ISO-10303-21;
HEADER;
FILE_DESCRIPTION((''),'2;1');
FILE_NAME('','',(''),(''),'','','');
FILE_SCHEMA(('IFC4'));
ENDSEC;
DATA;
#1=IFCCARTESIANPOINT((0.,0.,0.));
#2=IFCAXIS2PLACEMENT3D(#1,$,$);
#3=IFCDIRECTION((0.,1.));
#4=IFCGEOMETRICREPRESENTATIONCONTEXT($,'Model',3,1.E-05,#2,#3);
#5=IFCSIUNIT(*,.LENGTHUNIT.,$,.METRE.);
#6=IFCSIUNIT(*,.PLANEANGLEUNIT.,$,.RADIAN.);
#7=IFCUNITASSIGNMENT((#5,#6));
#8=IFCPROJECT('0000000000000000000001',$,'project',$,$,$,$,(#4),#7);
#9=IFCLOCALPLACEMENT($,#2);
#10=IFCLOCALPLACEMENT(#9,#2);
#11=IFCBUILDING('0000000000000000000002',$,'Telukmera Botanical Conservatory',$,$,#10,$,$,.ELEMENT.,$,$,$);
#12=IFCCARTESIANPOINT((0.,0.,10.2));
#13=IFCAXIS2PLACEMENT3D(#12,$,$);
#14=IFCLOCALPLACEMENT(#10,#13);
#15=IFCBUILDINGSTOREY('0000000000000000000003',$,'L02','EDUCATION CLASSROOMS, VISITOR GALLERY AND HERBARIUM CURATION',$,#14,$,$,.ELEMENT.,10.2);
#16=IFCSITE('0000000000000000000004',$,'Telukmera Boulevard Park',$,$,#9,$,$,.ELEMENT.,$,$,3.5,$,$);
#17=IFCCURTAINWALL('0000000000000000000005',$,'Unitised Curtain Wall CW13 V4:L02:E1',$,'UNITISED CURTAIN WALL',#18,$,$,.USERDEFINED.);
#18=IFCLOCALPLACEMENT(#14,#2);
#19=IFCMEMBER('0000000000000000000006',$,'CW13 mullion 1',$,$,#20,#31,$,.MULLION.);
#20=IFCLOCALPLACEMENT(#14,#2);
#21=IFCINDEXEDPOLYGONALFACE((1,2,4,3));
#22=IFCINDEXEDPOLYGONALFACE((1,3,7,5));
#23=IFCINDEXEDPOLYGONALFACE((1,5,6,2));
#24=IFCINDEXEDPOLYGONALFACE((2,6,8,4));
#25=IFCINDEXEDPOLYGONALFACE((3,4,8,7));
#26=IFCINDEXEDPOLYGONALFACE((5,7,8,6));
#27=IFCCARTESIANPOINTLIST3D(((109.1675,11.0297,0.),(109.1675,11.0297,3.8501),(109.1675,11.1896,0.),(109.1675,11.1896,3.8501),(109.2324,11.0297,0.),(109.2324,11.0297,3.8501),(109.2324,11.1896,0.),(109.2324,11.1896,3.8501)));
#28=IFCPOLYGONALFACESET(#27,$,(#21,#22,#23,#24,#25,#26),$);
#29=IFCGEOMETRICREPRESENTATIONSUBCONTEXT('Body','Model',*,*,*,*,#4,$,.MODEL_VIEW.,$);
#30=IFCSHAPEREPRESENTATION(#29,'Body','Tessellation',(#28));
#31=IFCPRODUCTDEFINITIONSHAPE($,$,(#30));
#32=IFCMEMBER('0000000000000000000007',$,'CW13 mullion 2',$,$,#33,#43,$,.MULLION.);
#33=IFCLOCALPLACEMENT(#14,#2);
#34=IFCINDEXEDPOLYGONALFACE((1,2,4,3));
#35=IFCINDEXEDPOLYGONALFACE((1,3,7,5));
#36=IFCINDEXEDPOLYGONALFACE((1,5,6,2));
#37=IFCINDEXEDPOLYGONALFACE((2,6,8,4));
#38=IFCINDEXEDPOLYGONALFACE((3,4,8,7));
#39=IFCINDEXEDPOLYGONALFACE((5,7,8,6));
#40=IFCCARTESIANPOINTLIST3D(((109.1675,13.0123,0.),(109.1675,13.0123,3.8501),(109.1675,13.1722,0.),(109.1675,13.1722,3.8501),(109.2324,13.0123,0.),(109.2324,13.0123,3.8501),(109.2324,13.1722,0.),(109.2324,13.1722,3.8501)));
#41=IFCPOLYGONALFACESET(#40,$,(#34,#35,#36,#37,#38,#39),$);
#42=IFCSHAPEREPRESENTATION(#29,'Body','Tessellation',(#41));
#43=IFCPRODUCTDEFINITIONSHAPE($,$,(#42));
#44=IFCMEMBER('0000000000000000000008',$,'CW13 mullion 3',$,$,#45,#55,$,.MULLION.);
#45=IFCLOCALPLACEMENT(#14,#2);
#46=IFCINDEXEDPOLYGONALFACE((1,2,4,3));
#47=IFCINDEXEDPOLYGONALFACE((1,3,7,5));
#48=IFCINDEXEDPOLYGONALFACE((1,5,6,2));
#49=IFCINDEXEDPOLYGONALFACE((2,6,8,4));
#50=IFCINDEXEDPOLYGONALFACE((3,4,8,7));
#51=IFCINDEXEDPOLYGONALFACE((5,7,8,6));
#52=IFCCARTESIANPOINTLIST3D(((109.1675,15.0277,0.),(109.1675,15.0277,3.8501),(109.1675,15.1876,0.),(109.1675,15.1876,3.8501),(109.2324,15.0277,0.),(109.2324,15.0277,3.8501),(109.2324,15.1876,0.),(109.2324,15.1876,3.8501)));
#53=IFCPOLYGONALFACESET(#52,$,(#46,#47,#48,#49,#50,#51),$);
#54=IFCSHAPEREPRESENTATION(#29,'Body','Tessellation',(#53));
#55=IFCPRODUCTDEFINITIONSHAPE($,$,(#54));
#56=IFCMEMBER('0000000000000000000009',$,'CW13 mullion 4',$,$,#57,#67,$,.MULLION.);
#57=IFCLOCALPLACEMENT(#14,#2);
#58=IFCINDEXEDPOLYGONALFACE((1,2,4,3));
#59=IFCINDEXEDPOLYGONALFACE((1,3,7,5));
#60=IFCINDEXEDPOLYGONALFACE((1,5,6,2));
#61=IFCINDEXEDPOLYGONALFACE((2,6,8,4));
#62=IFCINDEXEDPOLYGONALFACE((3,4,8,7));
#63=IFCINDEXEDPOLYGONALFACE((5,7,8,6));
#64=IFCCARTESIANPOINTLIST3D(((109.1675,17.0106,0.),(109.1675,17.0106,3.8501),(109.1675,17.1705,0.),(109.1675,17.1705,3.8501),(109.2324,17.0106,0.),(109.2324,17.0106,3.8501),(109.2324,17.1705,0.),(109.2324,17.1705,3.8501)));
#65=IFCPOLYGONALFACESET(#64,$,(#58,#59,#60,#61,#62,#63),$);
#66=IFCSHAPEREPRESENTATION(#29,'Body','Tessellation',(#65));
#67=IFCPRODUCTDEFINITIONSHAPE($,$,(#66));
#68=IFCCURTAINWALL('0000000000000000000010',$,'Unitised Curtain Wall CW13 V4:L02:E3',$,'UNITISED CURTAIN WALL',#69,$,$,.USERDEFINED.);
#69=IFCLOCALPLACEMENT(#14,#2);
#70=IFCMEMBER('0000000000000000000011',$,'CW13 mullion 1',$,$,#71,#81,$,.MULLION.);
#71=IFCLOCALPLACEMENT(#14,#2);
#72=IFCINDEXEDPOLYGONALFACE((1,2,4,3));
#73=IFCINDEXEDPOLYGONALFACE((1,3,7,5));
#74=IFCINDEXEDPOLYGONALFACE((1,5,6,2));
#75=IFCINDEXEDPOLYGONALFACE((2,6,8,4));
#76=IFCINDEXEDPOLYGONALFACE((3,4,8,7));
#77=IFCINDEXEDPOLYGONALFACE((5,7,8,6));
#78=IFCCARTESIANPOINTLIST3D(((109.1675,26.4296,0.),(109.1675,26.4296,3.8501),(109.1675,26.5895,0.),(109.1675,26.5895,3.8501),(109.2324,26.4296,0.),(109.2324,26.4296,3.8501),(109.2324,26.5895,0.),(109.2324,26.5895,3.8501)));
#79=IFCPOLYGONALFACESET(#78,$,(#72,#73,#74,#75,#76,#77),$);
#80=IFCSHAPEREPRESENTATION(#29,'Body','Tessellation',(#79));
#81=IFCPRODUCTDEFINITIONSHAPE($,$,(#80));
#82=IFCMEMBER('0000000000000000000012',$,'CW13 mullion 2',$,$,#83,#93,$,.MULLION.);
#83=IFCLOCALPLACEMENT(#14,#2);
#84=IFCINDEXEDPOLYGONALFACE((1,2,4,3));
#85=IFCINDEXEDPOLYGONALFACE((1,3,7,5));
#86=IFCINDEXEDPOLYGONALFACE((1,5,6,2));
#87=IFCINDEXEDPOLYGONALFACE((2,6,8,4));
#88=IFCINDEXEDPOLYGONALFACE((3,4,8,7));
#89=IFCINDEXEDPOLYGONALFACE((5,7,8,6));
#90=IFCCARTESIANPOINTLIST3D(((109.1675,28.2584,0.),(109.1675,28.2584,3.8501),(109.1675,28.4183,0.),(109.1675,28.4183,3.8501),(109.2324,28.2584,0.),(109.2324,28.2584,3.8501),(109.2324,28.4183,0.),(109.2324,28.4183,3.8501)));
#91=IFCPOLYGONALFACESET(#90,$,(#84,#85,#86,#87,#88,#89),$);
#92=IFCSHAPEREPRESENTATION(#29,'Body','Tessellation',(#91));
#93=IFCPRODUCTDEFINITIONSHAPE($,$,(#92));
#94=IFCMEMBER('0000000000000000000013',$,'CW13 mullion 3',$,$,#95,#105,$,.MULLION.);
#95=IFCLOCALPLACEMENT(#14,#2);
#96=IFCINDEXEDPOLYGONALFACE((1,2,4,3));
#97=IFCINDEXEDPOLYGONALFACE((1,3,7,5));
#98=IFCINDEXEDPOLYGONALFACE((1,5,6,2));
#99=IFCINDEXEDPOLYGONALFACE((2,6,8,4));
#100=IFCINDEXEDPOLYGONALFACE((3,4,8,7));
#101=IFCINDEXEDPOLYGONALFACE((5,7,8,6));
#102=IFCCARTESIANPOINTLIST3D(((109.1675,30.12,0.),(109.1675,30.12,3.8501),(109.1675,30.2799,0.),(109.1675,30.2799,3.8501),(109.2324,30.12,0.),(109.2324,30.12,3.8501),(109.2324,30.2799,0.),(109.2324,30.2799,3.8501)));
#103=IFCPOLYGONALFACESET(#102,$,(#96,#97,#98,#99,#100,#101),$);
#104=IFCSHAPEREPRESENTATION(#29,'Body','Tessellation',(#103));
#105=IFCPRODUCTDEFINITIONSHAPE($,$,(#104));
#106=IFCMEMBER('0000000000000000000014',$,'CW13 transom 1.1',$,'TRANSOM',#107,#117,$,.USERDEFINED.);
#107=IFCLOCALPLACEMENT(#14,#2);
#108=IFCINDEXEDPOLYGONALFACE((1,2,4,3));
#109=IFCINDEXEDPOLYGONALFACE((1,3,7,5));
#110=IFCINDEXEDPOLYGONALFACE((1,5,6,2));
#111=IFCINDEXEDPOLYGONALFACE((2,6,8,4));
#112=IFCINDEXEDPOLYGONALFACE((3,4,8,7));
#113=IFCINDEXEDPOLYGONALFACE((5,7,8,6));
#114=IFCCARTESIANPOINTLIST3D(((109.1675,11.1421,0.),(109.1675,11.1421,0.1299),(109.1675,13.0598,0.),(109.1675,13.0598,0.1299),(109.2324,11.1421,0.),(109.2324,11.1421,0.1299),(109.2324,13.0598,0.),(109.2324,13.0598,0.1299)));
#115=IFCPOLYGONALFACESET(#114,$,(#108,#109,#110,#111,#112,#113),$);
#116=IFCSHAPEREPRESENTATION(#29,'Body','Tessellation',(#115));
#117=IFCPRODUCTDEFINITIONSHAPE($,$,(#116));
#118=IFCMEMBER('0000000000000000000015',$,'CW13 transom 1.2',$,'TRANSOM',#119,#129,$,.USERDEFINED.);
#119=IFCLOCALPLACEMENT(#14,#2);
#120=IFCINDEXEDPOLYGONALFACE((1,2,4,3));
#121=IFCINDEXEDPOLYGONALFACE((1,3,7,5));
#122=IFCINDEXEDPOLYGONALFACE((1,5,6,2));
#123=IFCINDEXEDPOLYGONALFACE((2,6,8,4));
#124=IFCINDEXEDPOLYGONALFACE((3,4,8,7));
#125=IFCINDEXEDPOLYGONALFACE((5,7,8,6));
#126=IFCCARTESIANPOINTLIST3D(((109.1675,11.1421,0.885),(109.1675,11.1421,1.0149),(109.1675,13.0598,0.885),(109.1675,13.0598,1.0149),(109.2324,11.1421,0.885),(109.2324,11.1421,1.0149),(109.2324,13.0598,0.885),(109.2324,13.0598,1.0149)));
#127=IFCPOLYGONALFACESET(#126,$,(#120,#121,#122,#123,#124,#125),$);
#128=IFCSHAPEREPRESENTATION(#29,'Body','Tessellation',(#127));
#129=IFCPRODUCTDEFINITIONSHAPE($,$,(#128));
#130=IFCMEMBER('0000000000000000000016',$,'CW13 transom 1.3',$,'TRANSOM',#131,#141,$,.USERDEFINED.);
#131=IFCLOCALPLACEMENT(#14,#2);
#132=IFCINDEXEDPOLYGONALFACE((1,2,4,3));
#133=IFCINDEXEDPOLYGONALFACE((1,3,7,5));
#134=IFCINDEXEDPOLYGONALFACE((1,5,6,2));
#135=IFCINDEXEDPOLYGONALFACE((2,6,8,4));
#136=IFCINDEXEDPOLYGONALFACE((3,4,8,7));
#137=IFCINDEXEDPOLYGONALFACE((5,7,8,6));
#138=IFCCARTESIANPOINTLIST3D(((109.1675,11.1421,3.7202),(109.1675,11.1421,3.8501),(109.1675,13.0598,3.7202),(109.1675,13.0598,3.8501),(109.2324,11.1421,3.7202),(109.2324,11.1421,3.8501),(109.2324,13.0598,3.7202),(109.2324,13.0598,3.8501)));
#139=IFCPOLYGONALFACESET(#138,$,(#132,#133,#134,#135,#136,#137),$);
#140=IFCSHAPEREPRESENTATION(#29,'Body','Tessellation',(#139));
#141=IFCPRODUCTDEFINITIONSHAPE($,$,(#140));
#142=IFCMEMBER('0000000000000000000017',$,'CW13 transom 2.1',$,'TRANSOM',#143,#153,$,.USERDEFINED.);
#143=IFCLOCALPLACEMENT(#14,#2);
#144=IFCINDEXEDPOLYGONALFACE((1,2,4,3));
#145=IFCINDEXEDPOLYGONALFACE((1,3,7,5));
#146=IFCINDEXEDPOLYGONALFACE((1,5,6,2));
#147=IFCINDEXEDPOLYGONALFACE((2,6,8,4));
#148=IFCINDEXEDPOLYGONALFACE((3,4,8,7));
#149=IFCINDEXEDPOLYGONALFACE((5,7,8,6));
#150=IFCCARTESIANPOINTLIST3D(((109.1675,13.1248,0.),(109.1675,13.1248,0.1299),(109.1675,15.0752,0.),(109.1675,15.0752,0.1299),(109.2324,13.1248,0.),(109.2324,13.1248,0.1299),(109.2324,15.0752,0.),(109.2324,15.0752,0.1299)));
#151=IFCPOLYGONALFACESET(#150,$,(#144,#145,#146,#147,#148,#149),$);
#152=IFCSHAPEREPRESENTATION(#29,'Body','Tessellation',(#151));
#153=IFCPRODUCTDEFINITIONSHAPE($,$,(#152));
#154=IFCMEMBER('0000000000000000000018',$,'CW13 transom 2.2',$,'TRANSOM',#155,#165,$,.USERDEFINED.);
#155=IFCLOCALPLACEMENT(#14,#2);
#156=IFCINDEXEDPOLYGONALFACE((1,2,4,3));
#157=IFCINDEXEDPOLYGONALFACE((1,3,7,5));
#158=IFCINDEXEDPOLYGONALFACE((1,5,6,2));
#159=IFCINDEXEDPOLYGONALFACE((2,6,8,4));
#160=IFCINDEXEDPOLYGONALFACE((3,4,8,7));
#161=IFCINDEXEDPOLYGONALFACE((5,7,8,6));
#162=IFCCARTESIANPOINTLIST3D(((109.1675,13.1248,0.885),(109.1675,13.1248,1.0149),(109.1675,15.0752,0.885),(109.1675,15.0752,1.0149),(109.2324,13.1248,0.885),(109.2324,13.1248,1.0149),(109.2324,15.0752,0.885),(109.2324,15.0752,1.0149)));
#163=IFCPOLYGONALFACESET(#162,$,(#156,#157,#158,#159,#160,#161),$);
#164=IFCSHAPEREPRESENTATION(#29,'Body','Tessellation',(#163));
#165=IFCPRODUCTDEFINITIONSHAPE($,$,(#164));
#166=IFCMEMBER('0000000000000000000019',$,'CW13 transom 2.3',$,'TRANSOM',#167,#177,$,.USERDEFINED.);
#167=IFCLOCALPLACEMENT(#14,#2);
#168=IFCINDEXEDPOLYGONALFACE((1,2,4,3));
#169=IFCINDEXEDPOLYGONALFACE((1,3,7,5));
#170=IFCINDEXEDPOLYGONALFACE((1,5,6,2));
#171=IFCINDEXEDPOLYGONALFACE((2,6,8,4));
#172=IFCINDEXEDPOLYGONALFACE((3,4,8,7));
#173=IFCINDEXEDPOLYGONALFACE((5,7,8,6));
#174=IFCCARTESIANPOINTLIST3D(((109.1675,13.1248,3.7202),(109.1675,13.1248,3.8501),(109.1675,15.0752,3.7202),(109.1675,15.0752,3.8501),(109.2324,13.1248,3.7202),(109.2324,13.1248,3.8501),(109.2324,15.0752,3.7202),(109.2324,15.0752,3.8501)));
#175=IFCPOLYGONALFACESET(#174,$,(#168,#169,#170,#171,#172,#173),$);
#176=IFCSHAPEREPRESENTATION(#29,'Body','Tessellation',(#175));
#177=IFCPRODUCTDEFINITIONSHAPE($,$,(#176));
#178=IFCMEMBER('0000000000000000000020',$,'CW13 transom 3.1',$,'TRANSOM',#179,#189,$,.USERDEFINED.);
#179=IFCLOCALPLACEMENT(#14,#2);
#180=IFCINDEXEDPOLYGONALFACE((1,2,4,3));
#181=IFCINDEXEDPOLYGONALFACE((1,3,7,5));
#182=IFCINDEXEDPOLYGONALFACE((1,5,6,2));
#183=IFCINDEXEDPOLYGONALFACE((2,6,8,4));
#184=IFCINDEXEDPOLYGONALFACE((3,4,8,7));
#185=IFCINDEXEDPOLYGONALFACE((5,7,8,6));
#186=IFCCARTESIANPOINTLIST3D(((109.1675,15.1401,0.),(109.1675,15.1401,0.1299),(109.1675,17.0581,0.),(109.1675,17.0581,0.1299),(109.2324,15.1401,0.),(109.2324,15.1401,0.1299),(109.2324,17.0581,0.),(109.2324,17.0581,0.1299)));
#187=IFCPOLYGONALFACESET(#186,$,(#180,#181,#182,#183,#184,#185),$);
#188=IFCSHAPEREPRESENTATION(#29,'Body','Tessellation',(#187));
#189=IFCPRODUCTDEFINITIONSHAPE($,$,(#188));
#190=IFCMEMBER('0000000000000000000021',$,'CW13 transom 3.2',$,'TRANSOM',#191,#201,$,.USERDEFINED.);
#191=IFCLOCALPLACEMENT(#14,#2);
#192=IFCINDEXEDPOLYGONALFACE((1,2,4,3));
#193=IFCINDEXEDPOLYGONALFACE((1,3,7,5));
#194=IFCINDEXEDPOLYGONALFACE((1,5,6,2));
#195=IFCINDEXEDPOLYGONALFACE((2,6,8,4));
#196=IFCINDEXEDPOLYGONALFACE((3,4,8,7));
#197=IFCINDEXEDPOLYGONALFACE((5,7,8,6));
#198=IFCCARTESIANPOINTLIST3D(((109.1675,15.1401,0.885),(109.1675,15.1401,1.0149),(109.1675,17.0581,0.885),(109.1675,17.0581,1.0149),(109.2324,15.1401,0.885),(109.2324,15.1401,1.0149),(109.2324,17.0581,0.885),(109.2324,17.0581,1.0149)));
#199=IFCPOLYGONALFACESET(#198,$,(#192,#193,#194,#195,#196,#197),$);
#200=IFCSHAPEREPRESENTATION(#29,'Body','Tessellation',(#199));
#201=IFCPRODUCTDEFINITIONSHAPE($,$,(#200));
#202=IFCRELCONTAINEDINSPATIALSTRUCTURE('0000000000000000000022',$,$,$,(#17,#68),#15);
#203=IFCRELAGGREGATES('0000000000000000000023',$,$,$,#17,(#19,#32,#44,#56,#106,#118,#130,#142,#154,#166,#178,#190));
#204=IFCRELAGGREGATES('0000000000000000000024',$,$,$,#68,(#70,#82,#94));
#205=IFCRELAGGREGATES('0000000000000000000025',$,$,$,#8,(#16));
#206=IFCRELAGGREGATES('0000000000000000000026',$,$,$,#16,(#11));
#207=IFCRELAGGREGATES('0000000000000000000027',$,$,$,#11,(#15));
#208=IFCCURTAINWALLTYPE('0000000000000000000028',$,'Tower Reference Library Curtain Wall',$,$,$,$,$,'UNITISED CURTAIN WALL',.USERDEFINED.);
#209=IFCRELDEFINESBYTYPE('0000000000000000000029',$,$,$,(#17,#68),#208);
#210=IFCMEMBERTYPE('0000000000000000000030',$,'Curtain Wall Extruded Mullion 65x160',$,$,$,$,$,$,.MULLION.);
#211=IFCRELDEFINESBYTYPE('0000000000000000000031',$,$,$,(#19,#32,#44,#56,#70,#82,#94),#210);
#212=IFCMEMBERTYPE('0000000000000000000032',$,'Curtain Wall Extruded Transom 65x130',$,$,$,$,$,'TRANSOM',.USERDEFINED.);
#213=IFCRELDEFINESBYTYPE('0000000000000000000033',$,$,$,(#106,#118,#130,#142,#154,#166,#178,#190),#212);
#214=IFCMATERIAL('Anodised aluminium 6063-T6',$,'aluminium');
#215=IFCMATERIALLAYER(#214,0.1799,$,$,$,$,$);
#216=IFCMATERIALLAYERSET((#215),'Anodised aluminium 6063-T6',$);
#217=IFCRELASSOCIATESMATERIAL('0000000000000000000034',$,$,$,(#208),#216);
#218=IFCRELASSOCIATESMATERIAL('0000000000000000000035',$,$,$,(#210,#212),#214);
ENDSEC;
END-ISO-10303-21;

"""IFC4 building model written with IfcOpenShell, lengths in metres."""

from ifc_helpers import new_model, si_unit, direction, frame, origin, origin_2d, place, context, subcontext, project, spatial, rectangle, extrude, material, layer, layer_set, material_profile, profile_set, type_object, element, aggregate, save


model = new_model("IFC4")

# Units and contexts
model_context = context("Model", 3, precision=1e-05, world=origin(), true_north=direction((0.0, 1.0)))
body_context = subcontext(model_context, "Body", "Model", "MODEL_VIEW")
ifc_project = project(units=[si_unit("LENGTHUNIT", "METRE"), si_unit("PLANEANGLEUNIT", "RADIAN")], contexts=[model_context])

# Site, building, storey
site_placement = place(None, origin())
site = spatial("IfcSite", under=ifc_project, at=site_placement, Name="Telukmera Boulevard Park", CompositionType="ELEMENT", RefElevation=3.5)
building_placement = place(site_placement, origin())
building = spatial("IfcBuilding", under=site, at=building_placement, Name="Telukmera Botanical Conservatory", CompositionType="ELEMENT")
storey_placement = place(building_placement, frame((0.0, 0.0, 10.2)))
storey = spatial("IfcBuildingStorey", under=building, at=storey_placement, Name="L02", Description="EDUCATION CLASSROOMS, VISITOR GALLERY AND HERBARIUM CURATION", CompositionType="ELEMENT", Elevation=10.2)

# Curtain walls, members
ifc_material_1 = material(Name="Anodised aluminium 6063-T6", Category="aluminium")
ifc_layer_1 = layer(ifc_material_1, 0.1799)
ifc_layer_set_1 = layer_set([ifc_layer_1], Name="Anodised aluminium 6063-T6")
curtain_wall_type = type_object("IfcCurtainWallType", Name="Tower Reference Library Curtain Wall", ElementType="UNITISED CURTAIN WALL", PredefinedType="USERDEFINED", material=ifc_layer_set_1)
curtain_wall_1_placement = place(storey_placement, origin())
curtain_wall_1 = element("IfcCurtainWall", 1, at=curtain_wall_1_placement, inside=storey, type_object=curtain_wall_type, Name="Unitised Curtain Wall CW13 V4:L02:E1", ObjectType="UNITISED CURTAIN WALL", PredefinedType="USERDEFINED")
ifc_material_profile_1 = material_profile(ifc_material_1, rectangle(XDim=0.0649, YDim=0.1599, at=origin_2d()), Name="ALU MULL 65x160")
ifc_profile_set_1 = profile_set([ifc_material_profile_1], Name="Anodised aluminium 6063-T6")
member_type_1 = type_object("IfcMemberType", Name="Curtain Wall Extruded Mullion 65x160", PredefinedType="MULLION", material=ifc_profile_set_1)
member_1_placement = place(storey_placement, frame((109.2, 11.1096, 0.0), z_axis=(0.0, 0.0, 1.0), x_axis=(-1.0, 0.0, 0.0)))
member_1 = element("IfcMember", 2, at=member_1_placement, type_object=member_type_1, Name="CW13 mullion 1", PredefinedType="MULLION", context=body_context, shape_type="SweptSolid", body=[
    extrude(rectangle(XDim=0.0649, YDim=0.1599, at=origin_2d()), origin(), (0.0, 0.0, 1.0), 3.8501),
])
member_2_placement = place(storey_placement, frame((109.2, 13.0923, 0.0), z_axis=(0.0, 0.0, 1.0), x_axis=(-1.0, 0.0, 0.0)))
member_2 = element("IfcMember", 3, at=member_2_placement, type_object=member_type_1, Name="CW13 mullion 2", PredefinedType="MULLION", context=body_context, shape_type="SweptSolid", body=[
    extrude(rectangle(XDim=0.0649, YDim=0.1599, at=origin_2d()), origin(), (0.0, 0.0, 1.0), 3.8501),
])
member_3_placement = place(storey_placement, frame((109.2, 15.1077, 0.0), z_axis=(0.0, 0.0, 1.0), x_axis=(-1.0, 0.0, 0.0)))
member_3 = element("IfcMember", 4, at=member_3_placement, type_object=member_type_1, Name="CW13 mullion 3", PredefinedType="MULLION", context=body_context, shape_type="SweptSolid", body=[
    extrude(rectangle(XDim=0.0649, YDim=0.1599, at=origin_2d()), origin(), (0.0, 0.0, 1.0), 3.8501),
])
member_4_placement = place(storey_placement, frame((109.2, 17.0906, 0.0), z_axis=(0.0, 0.0, 1.0), x_axis=(-1.0, 0.0, 0.0)))
member_4 = element("IfcMember", 5, at=member_4_placement, type_object=member_type_1, Name="CW13 mullion 4", PredefinedType="MULLION", context=body_context, shape_type="SweptSolid", body=[
    extrude(rectangle(XDim=0.0649, YDim=0.1599, at=origin_2d()), origin(), (0.0, 0.0, 1.0), 3.8501),
])
curtain_wall_2_placement = place(storey_placement, origin())
curtain_wall_2 = element("IfcCurtainWall", 6, at=curtain_wall_2_placement, inside=storey, type_object=curtain_wall_type, Name="Unitised Curtain Wall CW13 V4:L02:E3", ObjectType="UNITISED CURTAIN WALL", PredefinedType="USERDEFINED")
member_5_placement = place(storey_placement, frame((109.2, 26.5095, 0.0), z_axis=(0.0, 0.0, 1.0), x_axis=(-1.0, 0.0, 0.0)))
member_5 = element("IfcMember", 7, at=member_5_placement, type_object=member_type_1, Name="CW13 mullion 1", PredefinedType="MULLION", context=body_context, shape_type="SweptSolid", body=[
    extrude(rectangle(XDim=0.0649, YDim=0.1599, at=origin_2d()), origin(), (0.0, 0.0, 1.0), 3.8501),
])
member_6_placement = place(storey_placement, frame((109.2, 28.3384, 0.0), z_axis=(0.0, 0.0, 1.0), x_axis=(-1.0, 0.0, 0.0)))
member_6 = element("IfcMember", 8, at=member_6_placement, type_object=member_type_1, Name="CW13 mullion 2", PredefinedType="MULLION", context=body_context, shape_type="SweptSolid", body=[
    extrude(rectangle(XDim=0.0649, YDim=0.1599, at=origin_2d()), origin(), (0.0, 0.0, 1.0), 3.8501),
])
member_7_placement = place(storey_placement, frame((109.2, 30.2, 0.0), z_axis=(0.0, 0.0, 1.0), x_axis=(-1.0, 0.0, 0.0)))
member_7 = element("IfcMember", 9, at=member_7_placement, type_object=member_type_1, Name="CW13 mullion 3", PredefinedType="MULLION", context=body_context, shape_type="SweptSolid", body=[
    extrude(rectangle(XDim=0.0649, YDim=0.1599, at=origin_2d()), origin(), (0.0, 0.0, 1.0), 3.8501),
])

# Members
ifc_material_profile_2 = material_profile(ifc_material_1, rectangle(XDim=0.0649, YDim=0.1299, at=origin_2d()), Name="ALU TRAN 65x130")
ifc_profile_set_2 = profile_set([ifc_material_profile_2], Name="Anodised aluminium 6063-T6")
member_type_2 = type_object("IfcMemberType", Name="Curtain Wall Extruded Transom 65x130", ElementType="TRANSOM", PredefinedType="USERDEFINED", material=ifc_profile_set_2)
member_8_placement = place(storey_placement, frame((109.2, 11.1421, 0.0649), z_axis=(0.0, 1.0, 0.0), x_axis=(-1.0, 0.0, 0.0)))
member_8 = element("IfcMember", 10, at=member_8_placement, type_object=member_type_2, Name="CW13 transom 1.1", ObjectType="TRANSOM", PredefinedType="USERDEFINED", context=body_context, shape_type="SweptSolid", body=[
    extrude(rectangle(XDim=0.0649, YDim=0.1299, at=origin_2d()), origin(), (0.0, 0.0, 1.0), 1.9177),
])
member_9_placement = place(storey_placement, frame((109.2, 11.1421, 0.95), z_axis=(0.0, 1.0, 0.0), x_axis=(-1.0, 0.0, 0.0)))
member_9 = element("IfcMember", 11, at=member_9_placement, type_object=member_type_2, Name="CW13 transom 1.2", ObjectType="TRANSOM", PredefinedType="USERDEFINED", context=body_context, shape_type="SweptSolid", body=[
    extrude(rectangle(XDim=0.0649, YDim=0.1299, at=origin_2d()), origin(), (0.0, 0.0, 1.0), 1.9177),
])
member_10_placement = place(storey_placement, frame((109.2, 11.1421, 3.7852), z_axis=(0.0, 1.0, 0.0), x_axis=(-1.0, 0.0, 0.0)))
member_10 = element("IfcMember", 12, at=member_10_placement, type_object=member_type_2, Name="CW13 transom 1.3", ObjectType="TRANSOM", PredefinedType="USERDEFINED", context=body_context, shape_type="SweptSolid", body=[
    extrude(rectangle(XDim=0.0649, YDim=0.1299, at=origin_2d()), origin(), (0.0, 0.0, 1.0), 1.9177),
])
member_11_placement = place(storey_placement, frame((109.2, 13.1248, 0.0649), z_axis=(0.0, 1.0, 0.0), x_axis=(-1.0, 0.0, 0.0)))
member_11 = element("IfcMember", 13, at=member_11_placement, type_object=member_type_2, Name="CW13 transom 2.1", ObjectType="TRANSOM", PredefinedType="USERDEFINED", context=body_context, shape_type="SweptSolid", body=[
    extrude(rectangle(XDim=0.0649, YDim=0.1299, at=origin_2d()), origin(), (0.0, 0.0, 1.0), 1.9504),
])
member_12_placement = place(storey_placement, frame((109.2, 13.1248, 0.95), z_axis=(0.0, 1.0, 0.0), x_axis=(-1.0, 0.0, 0.0)))
member_12 = element("IfcMember", 14, at=member_12_placement, type_object=member_type_2, Name="CW13 transom 2.2", ObjectType="TRANSOM", PredefinedType="USERDEFINED", context=body_context, shape_type="SweptSolid", body=[
    extrude(rectangle(XDim=0.0649, YDim=0.1299, at=origin_2d()), origin(), (0.0, 0.0, 1.0), 1.9504),
])
member_13_placement = place(storey_placement, frame((109.2, 13.1248, 3.7852), z_axis=(0.0, 1.0, 0.0), x_axis=(-1.0, 0.0, 0.0)))
member_13 = element("IfcMember", 15, at=member_13_placement, type_object=member_type_2, Name="CW13 transom 2.3", ObjectType="TRANSOM", PredefinedType="USERDEFINED", context=body_context, shape_type="SweptSolid", body=[
    extrude(rectangle(XDim=0.0649, YDim=0.1299, at=origin_2d()), origin(), (0.0, 0.0, 1.0), 1.9504),
])
member_14_placement = place(storey_placement, frame((109.2, 15.1401, 0.0649), z_axis=(0.0, 1.0, 0.0), x_axis=(-1.0, 0.0, 0.0)))
member_14 = element("IfcMember", 16, at=member_14_placement, type_object=member_type_2, Name="CW13 transom 3.1", ObjectType="TRANSOM", PredefinedType="USERDEFINED", context=body_context, shape_type="SweptSolid", body=[
    extrude(rectangle(XDim=0.0649, YDim=0.1299, at=origin_2d()), origin(), (0.0, 0.0, 1.0), 1.918),
])
member_15_placement = place(storey_placement, frame((109.2, 15.1401, 0.95), z_axis=(0.0, 1.0, 0.0), x_axis=(-1.0, 0.0, 0.0)))
member_15 = element("IfcMember", 17, at=member_15_placement, type_object=member_type_2, Name="CW13 transom 3.2", ObjectType="TRANSOM", PredefinedType="USERDEFINED", context=body_context, shape_type="SweptSolid", body=[
    extrude(rectangle(XDim=0.0649, YDim=0.1299, at=origin_2d()), origin(), (0.0, 0.0, 1.0), 1.918),
])

aggregate(curtain_wall_1, [member_1, member_2, member_3, member_4, member_8, member_9, member_10, member_11, member_12, member_13, member_14, member_15])
aggregate(curtain_wall_2, [member_5, member_6, member_7])

save(model, "model.ifc")
